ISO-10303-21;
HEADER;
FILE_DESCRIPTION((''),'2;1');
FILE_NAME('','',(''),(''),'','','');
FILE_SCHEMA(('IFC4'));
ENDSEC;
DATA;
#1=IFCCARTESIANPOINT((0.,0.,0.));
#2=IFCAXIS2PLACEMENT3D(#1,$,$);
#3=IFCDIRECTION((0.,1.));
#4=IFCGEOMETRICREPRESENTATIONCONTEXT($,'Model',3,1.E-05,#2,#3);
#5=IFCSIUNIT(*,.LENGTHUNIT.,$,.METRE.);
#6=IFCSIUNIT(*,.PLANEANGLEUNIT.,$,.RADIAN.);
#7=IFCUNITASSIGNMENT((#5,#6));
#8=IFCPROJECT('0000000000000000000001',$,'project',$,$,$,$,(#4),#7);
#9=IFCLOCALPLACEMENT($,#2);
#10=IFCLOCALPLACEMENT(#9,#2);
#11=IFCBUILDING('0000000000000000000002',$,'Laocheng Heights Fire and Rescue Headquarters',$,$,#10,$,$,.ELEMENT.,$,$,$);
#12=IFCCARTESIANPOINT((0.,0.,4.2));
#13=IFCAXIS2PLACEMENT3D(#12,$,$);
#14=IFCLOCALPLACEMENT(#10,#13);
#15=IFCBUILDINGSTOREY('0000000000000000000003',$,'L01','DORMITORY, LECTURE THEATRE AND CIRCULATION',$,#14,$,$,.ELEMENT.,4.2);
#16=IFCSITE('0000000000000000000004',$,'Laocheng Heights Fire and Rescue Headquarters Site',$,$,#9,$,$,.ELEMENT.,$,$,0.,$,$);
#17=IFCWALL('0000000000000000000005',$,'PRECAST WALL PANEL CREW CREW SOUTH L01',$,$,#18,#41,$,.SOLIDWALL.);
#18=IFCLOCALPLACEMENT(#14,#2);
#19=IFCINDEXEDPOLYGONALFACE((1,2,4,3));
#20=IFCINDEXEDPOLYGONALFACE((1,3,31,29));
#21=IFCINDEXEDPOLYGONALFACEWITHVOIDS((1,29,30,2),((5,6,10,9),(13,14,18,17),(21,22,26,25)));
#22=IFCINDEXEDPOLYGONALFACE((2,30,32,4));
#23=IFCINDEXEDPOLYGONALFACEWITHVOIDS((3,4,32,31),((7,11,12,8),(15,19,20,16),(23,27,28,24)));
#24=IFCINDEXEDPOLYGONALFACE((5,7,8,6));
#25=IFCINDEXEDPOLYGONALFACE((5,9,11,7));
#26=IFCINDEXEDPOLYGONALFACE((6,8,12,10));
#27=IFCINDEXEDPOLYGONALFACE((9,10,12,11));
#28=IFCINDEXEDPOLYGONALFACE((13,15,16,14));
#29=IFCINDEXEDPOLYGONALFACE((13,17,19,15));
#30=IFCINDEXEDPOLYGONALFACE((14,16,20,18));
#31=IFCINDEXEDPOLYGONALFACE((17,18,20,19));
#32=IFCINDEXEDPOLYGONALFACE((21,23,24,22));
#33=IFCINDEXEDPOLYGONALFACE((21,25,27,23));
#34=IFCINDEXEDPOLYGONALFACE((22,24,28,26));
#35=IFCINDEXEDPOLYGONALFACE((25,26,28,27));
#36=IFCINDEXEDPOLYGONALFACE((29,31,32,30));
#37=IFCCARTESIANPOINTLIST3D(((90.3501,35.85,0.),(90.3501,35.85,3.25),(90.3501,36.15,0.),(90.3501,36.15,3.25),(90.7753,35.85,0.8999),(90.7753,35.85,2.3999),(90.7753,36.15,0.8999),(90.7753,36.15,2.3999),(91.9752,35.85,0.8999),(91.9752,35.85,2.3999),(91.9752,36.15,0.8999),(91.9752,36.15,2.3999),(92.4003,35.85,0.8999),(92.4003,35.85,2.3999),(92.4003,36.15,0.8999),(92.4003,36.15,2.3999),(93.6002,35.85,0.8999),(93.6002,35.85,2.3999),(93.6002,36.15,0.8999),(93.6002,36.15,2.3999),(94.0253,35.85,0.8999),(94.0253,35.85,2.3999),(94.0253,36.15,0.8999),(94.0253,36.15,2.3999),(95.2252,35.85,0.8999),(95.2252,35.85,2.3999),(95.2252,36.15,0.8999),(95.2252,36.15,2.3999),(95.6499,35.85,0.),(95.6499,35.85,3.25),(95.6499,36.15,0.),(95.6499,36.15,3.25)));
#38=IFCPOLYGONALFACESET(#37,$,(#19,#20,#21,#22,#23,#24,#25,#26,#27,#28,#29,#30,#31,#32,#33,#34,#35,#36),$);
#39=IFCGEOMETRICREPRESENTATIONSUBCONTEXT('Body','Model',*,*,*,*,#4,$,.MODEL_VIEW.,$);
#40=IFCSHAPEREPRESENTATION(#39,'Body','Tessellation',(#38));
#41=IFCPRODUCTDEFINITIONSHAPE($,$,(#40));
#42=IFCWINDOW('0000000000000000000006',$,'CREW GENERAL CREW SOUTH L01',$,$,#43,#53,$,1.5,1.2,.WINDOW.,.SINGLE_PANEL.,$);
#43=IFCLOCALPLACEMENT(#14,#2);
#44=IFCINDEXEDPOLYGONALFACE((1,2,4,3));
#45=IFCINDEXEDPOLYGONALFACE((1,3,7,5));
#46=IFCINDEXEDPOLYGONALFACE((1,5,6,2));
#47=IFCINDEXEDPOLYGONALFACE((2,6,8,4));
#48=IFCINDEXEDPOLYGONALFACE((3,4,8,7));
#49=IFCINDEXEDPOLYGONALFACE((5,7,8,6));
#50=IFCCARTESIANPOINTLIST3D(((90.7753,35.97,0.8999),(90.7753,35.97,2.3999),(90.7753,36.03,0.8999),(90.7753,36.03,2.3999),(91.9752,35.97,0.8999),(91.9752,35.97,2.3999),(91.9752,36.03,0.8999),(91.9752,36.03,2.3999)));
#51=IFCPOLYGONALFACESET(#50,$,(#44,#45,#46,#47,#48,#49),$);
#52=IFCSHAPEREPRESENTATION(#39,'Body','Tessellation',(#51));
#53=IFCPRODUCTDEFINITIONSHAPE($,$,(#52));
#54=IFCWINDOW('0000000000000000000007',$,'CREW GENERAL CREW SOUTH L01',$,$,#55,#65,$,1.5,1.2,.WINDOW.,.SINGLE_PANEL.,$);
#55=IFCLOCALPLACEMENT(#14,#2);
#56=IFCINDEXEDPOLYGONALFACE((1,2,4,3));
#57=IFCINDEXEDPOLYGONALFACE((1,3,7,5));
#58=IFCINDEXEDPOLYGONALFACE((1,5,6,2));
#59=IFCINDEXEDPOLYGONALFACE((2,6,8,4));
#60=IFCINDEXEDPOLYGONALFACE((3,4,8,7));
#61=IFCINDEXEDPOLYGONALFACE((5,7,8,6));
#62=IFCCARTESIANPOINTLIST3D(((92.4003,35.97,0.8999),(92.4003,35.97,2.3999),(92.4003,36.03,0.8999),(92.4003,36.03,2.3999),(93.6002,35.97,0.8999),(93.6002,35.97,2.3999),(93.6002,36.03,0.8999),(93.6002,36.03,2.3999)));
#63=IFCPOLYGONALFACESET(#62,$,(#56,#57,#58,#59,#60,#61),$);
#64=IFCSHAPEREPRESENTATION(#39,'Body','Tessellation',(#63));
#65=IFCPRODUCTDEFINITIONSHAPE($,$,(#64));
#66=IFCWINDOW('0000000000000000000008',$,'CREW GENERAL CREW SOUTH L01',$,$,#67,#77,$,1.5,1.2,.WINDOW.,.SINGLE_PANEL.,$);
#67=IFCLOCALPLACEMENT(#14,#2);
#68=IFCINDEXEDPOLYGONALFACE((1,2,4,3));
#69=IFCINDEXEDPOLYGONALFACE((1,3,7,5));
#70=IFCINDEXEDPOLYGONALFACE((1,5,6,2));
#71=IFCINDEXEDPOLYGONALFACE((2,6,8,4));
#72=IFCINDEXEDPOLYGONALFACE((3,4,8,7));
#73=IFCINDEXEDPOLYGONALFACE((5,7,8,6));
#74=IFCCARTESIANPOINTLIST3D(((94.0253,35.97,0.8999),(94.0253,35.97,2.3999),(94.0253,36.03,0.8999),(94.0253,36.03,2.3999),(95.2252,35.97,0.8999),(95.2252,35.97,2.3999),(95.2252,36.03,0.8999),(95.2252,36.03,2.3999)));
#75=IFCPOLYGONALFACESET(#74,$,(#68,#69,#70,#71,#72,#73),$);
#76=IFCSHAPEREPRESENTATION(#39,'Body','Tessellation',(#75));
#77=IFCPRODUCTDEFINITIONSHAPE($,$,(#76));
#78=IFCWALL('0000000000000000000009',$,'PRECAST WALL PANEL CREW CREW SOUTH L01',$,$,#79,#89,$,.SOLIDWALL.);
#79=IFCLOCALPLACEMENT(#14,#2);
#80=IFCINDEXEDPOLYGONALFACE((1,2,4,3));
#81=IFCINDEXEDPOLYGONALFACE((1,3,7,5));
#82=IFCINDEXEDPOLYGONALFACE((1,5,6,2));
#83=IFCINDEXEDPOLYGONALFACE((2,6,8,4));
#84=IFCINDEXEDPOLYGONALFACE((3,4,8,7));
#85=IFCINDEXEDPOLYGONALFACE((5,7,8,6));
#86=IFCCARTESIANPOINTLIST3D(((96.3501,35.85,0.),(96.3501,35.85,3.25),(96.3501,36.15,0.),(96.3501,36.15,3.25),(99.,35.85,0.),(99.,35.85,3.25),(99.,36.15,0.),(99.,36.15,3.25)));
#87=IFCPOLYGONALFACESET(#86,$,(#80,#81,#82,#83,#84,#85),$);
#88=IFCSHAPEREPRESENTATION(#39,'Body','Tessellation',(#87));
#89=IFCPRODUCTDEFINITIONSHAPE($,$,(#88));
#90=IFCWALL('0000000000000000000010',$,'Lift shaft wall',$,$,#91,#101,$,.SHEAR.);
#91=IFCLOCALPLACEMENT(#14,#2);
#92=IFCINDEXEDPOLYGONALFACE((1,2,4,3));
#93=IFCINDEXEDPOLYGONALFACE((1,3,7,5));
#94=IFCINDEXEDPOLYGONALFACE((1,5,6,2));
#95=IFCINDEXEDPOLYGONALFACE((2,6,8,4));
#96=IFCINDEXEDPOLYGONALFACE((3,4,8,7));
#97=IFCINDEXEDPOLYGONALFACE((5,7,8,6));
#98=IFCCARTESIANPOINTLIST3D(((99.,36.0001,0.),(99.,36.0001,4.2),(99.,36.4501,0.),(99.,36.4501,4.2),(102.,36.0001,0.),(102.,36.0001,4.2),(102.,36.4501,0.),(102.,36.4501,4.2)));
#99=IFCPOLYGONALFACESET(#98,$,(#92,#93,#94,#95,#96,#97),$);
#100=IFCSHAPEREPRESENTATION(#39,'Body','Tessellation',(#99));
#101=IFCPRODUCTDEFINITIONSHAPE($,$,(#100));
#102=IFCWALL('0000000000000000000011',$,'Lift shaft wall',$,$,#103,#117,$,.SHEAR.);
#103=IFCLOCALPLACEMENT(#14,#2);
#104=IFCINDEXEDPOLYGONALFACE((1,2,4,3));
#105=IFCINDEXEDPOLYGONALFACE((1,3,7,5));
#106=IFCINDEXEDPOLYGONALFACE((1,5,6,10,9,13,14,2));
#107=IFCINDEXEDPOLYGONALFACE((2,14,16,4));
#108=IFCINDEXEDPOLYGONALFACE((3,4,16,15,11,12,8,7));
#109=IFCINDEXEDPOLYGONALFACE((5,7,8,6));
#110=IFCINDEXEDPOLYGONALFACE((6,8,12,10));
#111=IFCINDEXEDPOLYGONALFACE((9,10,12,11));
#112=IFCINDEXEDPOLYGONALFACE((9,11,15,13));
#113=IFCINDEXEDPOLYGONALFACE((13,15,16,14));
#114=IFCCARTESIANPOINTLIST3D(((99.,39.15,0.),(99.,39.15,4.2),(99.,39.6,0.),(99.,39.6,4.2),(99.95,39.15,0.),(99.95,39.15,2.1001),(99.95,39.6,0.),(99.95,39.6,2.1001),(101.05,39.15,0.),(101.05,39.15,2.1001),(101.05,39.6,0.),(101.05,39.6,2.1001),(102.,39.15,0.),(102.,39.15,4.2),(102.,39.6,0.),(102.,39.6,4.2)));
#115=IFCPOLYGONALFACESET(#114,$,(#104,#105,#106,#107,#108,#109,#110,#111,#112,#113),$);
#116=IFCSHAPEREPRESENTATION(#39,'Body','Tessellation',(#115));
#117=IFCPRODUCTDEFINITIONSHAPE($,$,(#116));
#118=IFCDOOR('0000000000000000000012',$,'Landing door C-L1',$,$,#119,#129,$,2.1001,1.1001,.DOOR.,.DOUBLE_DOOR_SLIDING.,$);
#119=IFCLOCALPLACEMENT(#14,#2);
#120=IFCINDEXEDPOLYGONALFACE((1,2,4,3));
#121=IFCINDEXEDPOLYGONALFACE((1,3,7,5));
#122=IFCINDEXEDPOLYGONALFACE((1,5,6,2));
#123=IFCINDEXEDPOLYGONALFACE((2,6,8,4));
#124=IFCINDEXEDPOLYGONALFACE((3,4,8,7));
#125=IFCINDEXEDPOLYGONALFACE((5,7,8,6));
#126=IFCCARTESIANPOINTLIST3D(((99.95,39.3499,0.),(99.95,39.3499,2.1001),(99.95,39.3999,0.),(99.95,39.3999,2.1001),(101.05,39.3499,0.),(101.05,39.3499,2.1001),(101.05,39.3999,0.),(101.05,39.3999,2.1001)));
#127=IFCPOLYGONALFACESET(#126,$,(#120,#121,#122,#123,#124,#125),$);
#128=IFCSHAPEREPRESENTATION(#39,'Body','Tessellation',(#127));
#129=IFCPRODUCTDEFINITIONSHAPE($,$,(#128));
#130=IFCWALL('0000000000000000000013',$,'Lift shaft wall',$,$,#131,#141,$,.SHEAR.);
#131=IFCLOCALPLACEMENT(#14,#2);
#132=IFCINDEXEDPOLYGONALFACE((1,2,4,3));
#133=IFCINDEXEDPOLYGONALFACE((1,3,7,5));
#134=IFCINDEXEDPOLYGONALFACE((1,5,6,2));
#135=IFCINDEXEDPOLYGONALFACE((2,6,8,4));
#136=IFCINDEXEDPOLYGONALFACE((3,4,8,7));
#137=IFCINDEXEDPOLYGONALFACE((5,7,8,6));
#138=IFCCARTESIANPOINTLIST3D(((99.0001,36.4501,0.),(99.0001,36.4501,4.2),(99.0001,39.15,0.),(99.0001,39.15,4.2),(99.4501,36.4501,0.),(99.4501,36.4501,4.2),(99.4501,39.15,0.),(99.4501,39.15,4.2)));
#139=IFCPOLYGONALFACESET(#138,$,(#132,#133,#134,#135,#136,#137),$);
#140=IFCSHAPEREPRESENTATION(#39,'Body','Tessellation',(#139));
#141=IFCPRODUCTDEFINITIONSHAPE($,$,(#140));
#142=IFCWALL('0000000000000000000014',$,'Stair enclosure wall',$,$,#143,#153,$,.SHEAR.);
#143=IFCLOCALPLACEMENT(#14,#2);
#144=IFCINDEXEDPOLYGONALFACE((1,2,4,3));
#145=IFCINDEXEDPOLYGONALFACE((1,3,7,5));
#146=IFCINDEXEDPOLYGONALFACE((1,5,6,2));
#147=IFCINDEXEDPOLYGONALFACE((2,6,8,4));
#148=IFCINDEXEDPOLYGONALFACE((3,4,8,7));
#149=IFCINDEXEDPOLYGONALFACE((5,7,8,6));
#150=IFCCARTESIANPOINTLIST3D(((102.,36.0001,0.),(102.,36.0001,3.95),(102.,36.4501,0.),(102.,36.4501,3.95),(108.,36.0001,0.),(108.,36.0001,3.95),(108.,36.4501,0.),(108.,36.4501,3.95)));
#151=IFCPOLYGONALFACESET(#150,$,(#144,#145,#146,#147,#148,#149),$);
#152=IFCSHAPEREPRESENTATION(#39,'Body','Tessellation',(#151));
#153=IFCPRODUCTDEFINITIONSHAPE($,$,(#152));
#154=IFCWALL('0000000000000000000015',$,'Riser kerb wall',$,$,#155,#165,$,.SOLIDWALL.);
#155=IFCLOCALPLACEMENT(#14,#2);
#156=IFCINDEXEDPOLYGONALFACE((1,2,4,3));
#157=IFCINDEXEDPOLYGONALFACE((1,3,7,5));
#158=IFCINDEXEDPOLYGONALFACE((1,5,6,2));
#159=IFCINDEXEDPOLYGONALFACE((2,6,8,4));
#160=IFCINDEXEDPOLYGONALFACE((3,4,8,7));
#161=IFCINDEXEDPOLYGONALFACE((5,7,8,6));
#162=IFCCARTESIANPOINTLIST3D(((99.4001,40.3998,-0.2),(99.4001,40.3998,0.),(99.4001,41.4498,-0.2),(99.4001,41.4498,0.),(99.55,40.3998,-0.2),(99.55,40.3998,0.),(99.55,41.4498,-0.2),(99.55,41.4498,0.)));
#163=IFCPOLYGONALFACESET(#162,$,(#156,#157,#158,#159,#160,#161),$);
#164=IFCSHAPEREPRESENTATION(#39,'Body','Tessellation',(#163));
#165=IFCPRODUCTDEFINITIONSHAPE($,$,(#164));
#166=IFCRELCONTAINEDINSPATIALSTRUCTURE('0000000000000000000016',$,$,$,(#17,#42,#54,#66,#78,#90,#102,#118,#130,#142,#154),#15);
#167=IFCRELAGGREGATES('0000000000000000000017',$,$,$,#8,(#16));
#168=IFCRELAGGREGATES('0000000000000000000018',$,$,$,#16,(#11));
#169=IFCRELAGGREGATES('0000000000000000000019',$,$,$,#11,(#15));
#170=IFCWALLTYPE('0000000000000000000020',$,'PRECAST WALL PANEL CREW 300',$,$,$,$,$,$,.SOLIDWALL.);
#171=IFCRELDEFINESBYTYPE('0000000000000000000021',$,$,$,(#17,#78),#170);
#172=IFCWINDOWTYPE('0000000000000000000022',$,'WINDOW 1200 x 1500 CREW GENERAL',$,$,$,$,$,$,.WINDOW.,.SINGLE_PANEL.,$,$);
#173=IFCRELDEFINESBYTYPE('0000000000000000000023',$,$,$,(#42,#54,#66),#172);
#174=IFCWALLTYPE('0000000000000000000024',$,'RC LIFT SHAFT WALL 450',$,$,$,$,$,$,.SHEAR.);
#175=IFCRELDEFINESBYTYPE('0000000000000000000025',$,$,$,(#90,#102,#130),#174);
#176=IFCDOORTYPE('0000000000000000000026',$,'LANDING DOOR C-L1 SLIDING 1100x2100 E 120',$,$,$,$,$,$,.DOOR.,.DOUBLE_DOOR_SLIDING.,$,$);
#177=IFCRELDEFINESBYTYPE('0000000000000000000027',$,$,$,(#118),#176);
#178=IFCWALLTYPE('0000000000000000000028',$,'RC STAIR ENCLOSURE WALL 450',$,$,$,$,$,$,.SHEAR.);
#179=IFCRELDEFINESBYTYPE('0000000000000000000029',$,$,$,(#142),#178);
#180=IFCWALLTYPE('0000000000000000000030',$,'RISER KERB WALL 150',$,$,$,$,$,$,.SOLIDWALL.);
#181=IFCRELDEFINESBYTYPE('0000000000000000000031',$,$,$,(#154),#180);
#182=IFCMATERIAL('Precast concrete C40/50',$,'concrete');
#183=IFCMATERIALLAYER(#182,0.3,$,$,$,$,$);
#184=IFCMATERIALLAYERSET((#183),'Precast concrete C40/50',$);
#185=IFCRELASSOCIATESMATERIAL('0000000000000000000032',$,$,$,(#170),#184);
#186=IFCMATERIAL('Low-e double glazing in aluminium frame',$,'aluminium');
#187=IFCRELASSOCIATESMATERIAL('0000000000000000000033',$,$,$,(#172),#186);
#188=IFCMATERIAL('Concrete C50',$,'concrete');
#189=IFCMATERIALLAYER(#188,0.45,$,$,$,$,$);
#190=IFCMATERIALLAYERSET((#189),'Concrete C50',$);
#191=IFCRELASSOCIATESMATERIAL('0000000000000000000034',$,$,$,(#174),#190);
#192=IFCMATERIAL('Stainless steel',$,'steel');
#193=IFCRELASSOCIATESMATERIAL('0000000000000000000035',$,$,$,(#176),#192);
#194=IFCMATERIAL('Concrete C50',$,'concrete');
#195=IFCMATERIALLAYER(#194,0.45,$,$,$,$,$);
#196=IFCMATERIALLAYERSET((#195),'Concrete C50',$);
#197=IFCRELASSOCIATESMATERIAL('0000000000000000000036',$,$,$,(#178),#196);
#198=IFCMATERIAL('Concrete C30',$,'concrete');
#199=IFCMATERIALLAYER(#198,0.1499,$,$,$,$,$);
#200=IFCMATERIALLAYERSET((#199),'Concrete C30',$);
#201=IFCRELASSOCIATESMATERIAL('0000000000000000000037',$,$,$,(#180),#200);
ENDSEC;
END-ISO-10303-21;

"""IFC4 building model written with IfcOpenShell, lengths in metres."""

from ifc_helpers import new_model, si_unit, direction, frame, frame_2d, origin, place, context, subcontext, project, spatial, rectangle, extrude, material, layer, layer_set, type_object, element, fill, save


model = new_model("IFC4")

# Units and contexts
model_context = context("Model", 3, precision=1e-05, world=origin(), true_north=direction((0.0, 1.0)))
body_context = subcontext(model_context, "Body", "Model", "MODEL_VIEW")
ifc_project = project(units=[si_unit("LENGTHUNIT", "METRE"), si_unit("PLANEANGLEUNIT", "RADIAN")], contexts=[model_context])

# Site, building, storey
site_placement = place(None, origin())
site = spatial("IfcSite", under=ifc_project, at=site_placement, Name="Laocheng Heights Fire and Rescue Headquarters Site", CompositionType="ELEMENT", RefElevation=0.0)
building_placement = place(site_placement, origin())
building = spatial("IfcBuilding", under=site, at=building_placement, Name="Laocheng Heights Fire and Rescue Headquarters", CompositionType="ELEMENT")
storey_placement = place(building_placement, frame((0.0, 0.0, 4.2)))
storey = spatial("IfcBuildingStorey", under=building, at=storey_placement, Name="L01", Description="DORMITORY, LECTURE THEATRE AND CIRCULATION", CompositionType="ELEMENT", Elevation=4.2)

# Wall, openings, windows
ifc_material_1 = material(Name="Precast concrete C40/50", Category="concrete")
ifc_layer_1 = layer(ifc_material_1, 0.3)
ifc_layer_set_1 = layer_set([ifc_layer_1], Name="Precast concrete C40/50")
wall_type_1 = type_object("IfcWallType", Name="PRECAST WALL PANEL CREW 300", PredefinedType="SOLIDWALL", material=ifc_layer_set_1)
wall_1_placement = place(storey_placement, frame((90.3501, 36.0, 0.0), z_axis=(0.0, 0.0, 1.0), x_axis=(1.0, 0.0, 0.0)))
wall_1 = element("IfcWall", 1, at=wall_1_placement, inside=storey, type_object=wall_type_1, Name="PRECAST WALL PANEL CREW CREW SOUTH L01", PredefinedType="SOLIDWALL", context=body_context, shape_type="SweptSolid", body=[
    extrude(rectangle(XDim=5.2998, YDim=0.3, at=frame_2d((2.6499, 0.0))), origin(), (0.0, 0.0, 1.0), 3.25),
])
opening_1_placement = place(wall_1_placement, frame((0.425, 0.0, 0.8999)))
opening_1 = element("IfcOpeningElement", 2, at=opening_1_placement, cuts=wall_1, PredefinedType="OPENING", context=body_context, shape_type="SweptSolid", body=[
    extrude(rectangle(XDim=1.2, YDim=1.5, at=frame_2d((0.6001, 0.75))), frame((0.0, 0.1599, 0.0), z_axis=(0.0, -1.0, 0.0), x_axis=(1.0, 0.0, 0.0)), (0.0, 0.0, 1.0), 0.3201),
])
opening_2_placement = place(wall_1_placement, frame((2.05, 0.0, 0.8999)))
opening_2 = element("IfcOpeningElement", 3, at=opening_2_placement, cuts=wall_1, PredefinedType="OPENING", context=body_context, shape_type="SweptSolid", body=[
    extrude(rectangle(XDim=1.2, YDim=1.5, at=frame_2d((0.6001, 0.75))), frame((0.0, 0.1599, 0.0), z_axis=(0.0, -1.0, 0.0), x_axis=(1.0, 0.0, 0.0)), (0.0, 0.0, 1.0), 0.3201),
])
opening_3_placement = place(wall_1_placement, frame((3.675, 0.0, 0.8999)))
opening_3 = element("IfcOpeningElement", 4, at=opening_3_placement, cuts=wall_1, PredefinedType="OPENING", context=body_context, shape_type="SweptSolid", body=[
    extrude(rectangle(XDim=1.2, YDim=1.5, at=frame_2d((0.6001, 0.75))), frame((0.0, 0.1599, 0.0), z_axis=(0.0, -1.0, 0.0), x_axis=(1.0, 0.0, 0.0)), (0.0, 0.0, 1.0), 0.3201),
])
ifc_material_2 = material(Name="Low-e double glazing in aluminium frame", Category="aluminium")
window_type = type_object("IfcWindowType", Name="WINDOW 1200 x 1500 CREW GENERAL", PartitioningType="SINGLE_PANEL", PredefinedType="WINDOW", material=ifc_material_2)
window_1_placement = place(opening_1_placement, origin())
window_1 = element("IfcWindow", 5, at=window_1_placement, inside=storey, type_object=window_type, Name="CREW GENERAL CREW SOUTH L01", OverallHeight=1.5, OverallWidth=1.2, PartitioningType="SINGLE_PANEL", PredefinedType="WINDOW", context=body_context, shape_type="SweptSolid", body=[
    extrude(rectangle(XDim=1.2, YDim=1.5, at=frame_2d((0.6001, 0.75))), frame((0.0, 0.03, 0.0), z_axis=(0.0, -1.0, 0.0), x_axis=(1.0, 0.0, 0.0)), (0.0, 0.0, 1.0), 0.0601),
])
fill(opening_1, window_1)
window_2_placement = place(opening_2_placement, origin())
window_2 = element("IfcWindow", 6, at=window_2_placement, inside=storey, type_object=window_type, Name="CREW GENERAL CREW SOUTH L01", OverallHeight=1.5, OverallWidth=1.2, PartitioningType="SINGLE_PANEL", PredefinedType="WINDOW", context=body_context, shape_type="SweptSolid", body=[
    extrude(rectangle(XDim=1.2, YDim=1.5, at=frame_2d((0.6001, 0.75))), frame((0.0, 0.03, 0.0), z_axis=(0.0, -1.0, 0.0), x_axis=(1.0, 0.0, 0.0)), (0.0, 0.0, 1.0), 0.0601),
])
fill(opening_2, window_2)
window_3_placement = place(opening_3_placement, origin())
window_3 = element("IfcWindow", 7, at=window_3_placement, inside=storey, type_object=window_type, Name="CREW GENERAL CREW SOUTH L01", OverallHeight=1.5, OverallWidth=1.2, PartitioningType="SINGLE_PANEL", PredefinedType="WINDOW", context=body_context, shape_type="SweptSolid", body=[
    extrude(rectangle(XDim=1.2, YDim=1.5, at=frame_2d((0.6001, 0.75))), frame((0.0, 0.03, 0.0), z_axis=(0.0, -1.0, 0.0), x_axis=(1.0, 0.0, 0.0)), (0.0, 0.0, 1.0), 0.0601),
])
fill(opening_3, window_3)

# Walls
wall_2_placement = place(storey_placement, frame((96.3501, 36.0, 0.0), z_axis=(0.0, 0.0, 1.0), x_axis=(1.0, 0.0, 0.0)))
element("IfcWall", 8, at=wall_2_placement, inside=storey, type_object=wall_type_1, Name="PRECAST WALL PANEL CREW CREW SOUTH L01", PredefinedType="SOLIDWALL", context=body_context, shape_type="SweptSolid", body=[
    extrude(rectangle(XDim=2.6499, YDim=0.3, at=frame_2d((1.325, 0.0))), origin(), (0.0, 0.0, 1.0), 3.25),
])
ifc_material_3 = material(Name="Concrete C50", Category="concrete")
ifc_layer_2 = layer(ifc_material_3, 0.45)
ifc_layer_set_2 = layer_set([ifc_layer_2], Name="Concrete C50")
wall_type_2 = type_object("IfcWallType", Name="RC LIFT SHAFT WALL 450", PredefinedType="SHEAR", material=ifc_layer_set_2)
wall_3_placement = place(storey_placement, frame((99.0, 36.2251, 0.0), z_axis=(0.0, 0.0, 1.0), x_axis=(1.0, 0.0, 0.0)))
element("IfcWall", 9, at=wall_3_placement, inside=storey, type_object=wall_type_2, Name="Lift shaft wall", PredefinedType="SHEAR", context=body_context, shape_type="SweptSolid", body=[
    extrude(rectangle(XDim=3.0, YDim=0.45, at=frame_2d((1.5, 0.0))), origin(), (0.0, 0.0, 1.0), 4.2),
])

# Wall, opening, door
wall_4_placement = place(storey_placement, frame((99.0, 39.375, 0.0), z_axis=(0.0, 0.0, 1.0), x_axis=(1.0, 0.0, 0.0)))
wall_4 = element("IfcWall", 10, at=wall_4_placement, inside=storey, type_object=wall_type_2, Name="Lift shaft wall", PredefinedType="SHEAR", context=body_context, shape_type="SweptSolid", body=[
    extrude(rectangle(XDim=3.0, YDim=0.45, at=frame_2d((1.5, 0.0))), origin(), (0.0, 0.0, 1.0), 4.2),
])
opening_4_placement = place(wall_4_placement, frame((0.95, 0.0, 0.0)))
opening_4 = element("IfcOpeningElement", 11, at=opening_4_placement, cuts=wall_4, PredefinedType="OPENING", context=body_context, shape_type="SweptSolid", body=[
    extrude(rectangle(XDim=1.1001, YDim=2.1001, at=frame_2d((0.55, 1.05))), frame((0.0, 0.2349, 0.0), z_axis=(0.0, -1.0, 0.0), x_axis=(1.0, 0.0, 0.0)), (0.0, 0.0, 1.0), 0.47),
])
ifc_material_4 = material(Name="Stainless steel", Category="steel")
door_type_1 = type_object("IfcDoorType", Name="LANDING DOOR C-L1 SLIDING 1100x2100 E 120", OperationType="DOUBLE_DOOR_SLIDING", PredefinedType="DOOR", material=ifc_material_4)
door_1_placement = place(opening_4_placement, origin())
door_1 = element("IfcDoor", 12, at=door_1_placement, inside=storey, type_object=door_type_1, Name="Landing door C-L1", OperationType="DOUBLE_DOOR_SLIDING", OverallHeight=2.1001, OverallWidth=1.1001, PredefinedType="DOOR", context=body_context, shape_type="SweptSolid", body=[
    extrude(rectangle(XDim=1.1001, YDim=2.1001, at=frame_2d((0.55, 1.05))), frame((0.0, 0.0249, 0.0), z_axis=(0.0, -1.0, 0.0), x_axis=(1.0, 0.0, 0.0)), (0.0, 0.0, 1.0), 0.05),
])
fill(opening_4, door_1)

# Walls
wall_5_placement = place(storey_placement, frame((99.2251, 36.45, 0.0), z_axis=(0.0, 0.0, 1.0), x_axis=(0.0, 1.0, 0.0)))
element("IfcWall", 13, at=wall_5_placement, inside=storey, type_object=wall_type_2, Name="Lift shaft wall", PredefinedType="SHEAR", context=body_context, shape_type="SweptSolid", body=[
    extrude(rectangle(XDim=2.7, YDim=0.45, at=frame_2d((1.3501, 0.0))), origin(), (0.0, 0.0, 1.0), 4.2),
])
ifc_material_5 = material(Name="Concrete C50", Category="concrete")
ifc_layer_3 = layer(ifc_material_5, 0.45)
ifc_layer_set_3 = layer_set([ifc_layer_3], Name="Concrete C50")
wall_type_3 = type_object("IfcWallType", Name="RC STAIR ENCLOSURE WALL 450", PredefinedType="SHEAR", material=ifc_layer_set_3)
wall_6_placement = place(storey_placement, frame((102.0, 36.2251, 0.0), z_axis=(0.0, 0.0, 1.0), x_axis=(1.0, 0.0, 0.0)))
element("IfcWall", 14, at=wall_6_placement, inside=storey, type_object=wall_type_3, Name="Stair enclosure wall", PredefinedType="SHEAR", context=body_context, shape_type="SweptSolid", body=[
    extrude(rectangle(XDim=6.0, YDim=0.45, at=frame_2d((3.0, 0.0))), origin(), (0.0, 0.0, 1.0), 3.95),
])
ifc_material_6 = material(Name="Concrete C30", Category="concrete")
ifc_layer_4 = layer(ifc_material_6, 0.1499)
ifc_layer_set_4 = layer_set([ifc_layer_4], Name="Concrete C30")
wall_type_4 = type_object("IfcWallType", Name="RISER KERB WALL 150", PredefinedType="SOLIDWALL", material=ifc_layer_set_4)
for number, where, z_axis, x_axis, name in (
    (15, (99.4751, 40.3999, -0.2), (0.0, 0.0, 1.0), (0.0, 1.0, 0.0), "Riser kerb wall"),
):
    element("IfcWall", number, at=place(storey_placement, frame(where, z_axis=z_axis, x_axis=x_axis)), inside=storey, type_object=wall_type_4, Name=name, PredefinedType="SOLIDWALL", context=body_context, shape_type="SweptSolid", body=[
        extrude(rectangle(XDim=1.05, YDim=0.1499, at=frame_2d((0.5249, 0.0))), origin(), (0.0, 0.0, 1.0), 0.2),
    ])

save(model, "model.ifc")
